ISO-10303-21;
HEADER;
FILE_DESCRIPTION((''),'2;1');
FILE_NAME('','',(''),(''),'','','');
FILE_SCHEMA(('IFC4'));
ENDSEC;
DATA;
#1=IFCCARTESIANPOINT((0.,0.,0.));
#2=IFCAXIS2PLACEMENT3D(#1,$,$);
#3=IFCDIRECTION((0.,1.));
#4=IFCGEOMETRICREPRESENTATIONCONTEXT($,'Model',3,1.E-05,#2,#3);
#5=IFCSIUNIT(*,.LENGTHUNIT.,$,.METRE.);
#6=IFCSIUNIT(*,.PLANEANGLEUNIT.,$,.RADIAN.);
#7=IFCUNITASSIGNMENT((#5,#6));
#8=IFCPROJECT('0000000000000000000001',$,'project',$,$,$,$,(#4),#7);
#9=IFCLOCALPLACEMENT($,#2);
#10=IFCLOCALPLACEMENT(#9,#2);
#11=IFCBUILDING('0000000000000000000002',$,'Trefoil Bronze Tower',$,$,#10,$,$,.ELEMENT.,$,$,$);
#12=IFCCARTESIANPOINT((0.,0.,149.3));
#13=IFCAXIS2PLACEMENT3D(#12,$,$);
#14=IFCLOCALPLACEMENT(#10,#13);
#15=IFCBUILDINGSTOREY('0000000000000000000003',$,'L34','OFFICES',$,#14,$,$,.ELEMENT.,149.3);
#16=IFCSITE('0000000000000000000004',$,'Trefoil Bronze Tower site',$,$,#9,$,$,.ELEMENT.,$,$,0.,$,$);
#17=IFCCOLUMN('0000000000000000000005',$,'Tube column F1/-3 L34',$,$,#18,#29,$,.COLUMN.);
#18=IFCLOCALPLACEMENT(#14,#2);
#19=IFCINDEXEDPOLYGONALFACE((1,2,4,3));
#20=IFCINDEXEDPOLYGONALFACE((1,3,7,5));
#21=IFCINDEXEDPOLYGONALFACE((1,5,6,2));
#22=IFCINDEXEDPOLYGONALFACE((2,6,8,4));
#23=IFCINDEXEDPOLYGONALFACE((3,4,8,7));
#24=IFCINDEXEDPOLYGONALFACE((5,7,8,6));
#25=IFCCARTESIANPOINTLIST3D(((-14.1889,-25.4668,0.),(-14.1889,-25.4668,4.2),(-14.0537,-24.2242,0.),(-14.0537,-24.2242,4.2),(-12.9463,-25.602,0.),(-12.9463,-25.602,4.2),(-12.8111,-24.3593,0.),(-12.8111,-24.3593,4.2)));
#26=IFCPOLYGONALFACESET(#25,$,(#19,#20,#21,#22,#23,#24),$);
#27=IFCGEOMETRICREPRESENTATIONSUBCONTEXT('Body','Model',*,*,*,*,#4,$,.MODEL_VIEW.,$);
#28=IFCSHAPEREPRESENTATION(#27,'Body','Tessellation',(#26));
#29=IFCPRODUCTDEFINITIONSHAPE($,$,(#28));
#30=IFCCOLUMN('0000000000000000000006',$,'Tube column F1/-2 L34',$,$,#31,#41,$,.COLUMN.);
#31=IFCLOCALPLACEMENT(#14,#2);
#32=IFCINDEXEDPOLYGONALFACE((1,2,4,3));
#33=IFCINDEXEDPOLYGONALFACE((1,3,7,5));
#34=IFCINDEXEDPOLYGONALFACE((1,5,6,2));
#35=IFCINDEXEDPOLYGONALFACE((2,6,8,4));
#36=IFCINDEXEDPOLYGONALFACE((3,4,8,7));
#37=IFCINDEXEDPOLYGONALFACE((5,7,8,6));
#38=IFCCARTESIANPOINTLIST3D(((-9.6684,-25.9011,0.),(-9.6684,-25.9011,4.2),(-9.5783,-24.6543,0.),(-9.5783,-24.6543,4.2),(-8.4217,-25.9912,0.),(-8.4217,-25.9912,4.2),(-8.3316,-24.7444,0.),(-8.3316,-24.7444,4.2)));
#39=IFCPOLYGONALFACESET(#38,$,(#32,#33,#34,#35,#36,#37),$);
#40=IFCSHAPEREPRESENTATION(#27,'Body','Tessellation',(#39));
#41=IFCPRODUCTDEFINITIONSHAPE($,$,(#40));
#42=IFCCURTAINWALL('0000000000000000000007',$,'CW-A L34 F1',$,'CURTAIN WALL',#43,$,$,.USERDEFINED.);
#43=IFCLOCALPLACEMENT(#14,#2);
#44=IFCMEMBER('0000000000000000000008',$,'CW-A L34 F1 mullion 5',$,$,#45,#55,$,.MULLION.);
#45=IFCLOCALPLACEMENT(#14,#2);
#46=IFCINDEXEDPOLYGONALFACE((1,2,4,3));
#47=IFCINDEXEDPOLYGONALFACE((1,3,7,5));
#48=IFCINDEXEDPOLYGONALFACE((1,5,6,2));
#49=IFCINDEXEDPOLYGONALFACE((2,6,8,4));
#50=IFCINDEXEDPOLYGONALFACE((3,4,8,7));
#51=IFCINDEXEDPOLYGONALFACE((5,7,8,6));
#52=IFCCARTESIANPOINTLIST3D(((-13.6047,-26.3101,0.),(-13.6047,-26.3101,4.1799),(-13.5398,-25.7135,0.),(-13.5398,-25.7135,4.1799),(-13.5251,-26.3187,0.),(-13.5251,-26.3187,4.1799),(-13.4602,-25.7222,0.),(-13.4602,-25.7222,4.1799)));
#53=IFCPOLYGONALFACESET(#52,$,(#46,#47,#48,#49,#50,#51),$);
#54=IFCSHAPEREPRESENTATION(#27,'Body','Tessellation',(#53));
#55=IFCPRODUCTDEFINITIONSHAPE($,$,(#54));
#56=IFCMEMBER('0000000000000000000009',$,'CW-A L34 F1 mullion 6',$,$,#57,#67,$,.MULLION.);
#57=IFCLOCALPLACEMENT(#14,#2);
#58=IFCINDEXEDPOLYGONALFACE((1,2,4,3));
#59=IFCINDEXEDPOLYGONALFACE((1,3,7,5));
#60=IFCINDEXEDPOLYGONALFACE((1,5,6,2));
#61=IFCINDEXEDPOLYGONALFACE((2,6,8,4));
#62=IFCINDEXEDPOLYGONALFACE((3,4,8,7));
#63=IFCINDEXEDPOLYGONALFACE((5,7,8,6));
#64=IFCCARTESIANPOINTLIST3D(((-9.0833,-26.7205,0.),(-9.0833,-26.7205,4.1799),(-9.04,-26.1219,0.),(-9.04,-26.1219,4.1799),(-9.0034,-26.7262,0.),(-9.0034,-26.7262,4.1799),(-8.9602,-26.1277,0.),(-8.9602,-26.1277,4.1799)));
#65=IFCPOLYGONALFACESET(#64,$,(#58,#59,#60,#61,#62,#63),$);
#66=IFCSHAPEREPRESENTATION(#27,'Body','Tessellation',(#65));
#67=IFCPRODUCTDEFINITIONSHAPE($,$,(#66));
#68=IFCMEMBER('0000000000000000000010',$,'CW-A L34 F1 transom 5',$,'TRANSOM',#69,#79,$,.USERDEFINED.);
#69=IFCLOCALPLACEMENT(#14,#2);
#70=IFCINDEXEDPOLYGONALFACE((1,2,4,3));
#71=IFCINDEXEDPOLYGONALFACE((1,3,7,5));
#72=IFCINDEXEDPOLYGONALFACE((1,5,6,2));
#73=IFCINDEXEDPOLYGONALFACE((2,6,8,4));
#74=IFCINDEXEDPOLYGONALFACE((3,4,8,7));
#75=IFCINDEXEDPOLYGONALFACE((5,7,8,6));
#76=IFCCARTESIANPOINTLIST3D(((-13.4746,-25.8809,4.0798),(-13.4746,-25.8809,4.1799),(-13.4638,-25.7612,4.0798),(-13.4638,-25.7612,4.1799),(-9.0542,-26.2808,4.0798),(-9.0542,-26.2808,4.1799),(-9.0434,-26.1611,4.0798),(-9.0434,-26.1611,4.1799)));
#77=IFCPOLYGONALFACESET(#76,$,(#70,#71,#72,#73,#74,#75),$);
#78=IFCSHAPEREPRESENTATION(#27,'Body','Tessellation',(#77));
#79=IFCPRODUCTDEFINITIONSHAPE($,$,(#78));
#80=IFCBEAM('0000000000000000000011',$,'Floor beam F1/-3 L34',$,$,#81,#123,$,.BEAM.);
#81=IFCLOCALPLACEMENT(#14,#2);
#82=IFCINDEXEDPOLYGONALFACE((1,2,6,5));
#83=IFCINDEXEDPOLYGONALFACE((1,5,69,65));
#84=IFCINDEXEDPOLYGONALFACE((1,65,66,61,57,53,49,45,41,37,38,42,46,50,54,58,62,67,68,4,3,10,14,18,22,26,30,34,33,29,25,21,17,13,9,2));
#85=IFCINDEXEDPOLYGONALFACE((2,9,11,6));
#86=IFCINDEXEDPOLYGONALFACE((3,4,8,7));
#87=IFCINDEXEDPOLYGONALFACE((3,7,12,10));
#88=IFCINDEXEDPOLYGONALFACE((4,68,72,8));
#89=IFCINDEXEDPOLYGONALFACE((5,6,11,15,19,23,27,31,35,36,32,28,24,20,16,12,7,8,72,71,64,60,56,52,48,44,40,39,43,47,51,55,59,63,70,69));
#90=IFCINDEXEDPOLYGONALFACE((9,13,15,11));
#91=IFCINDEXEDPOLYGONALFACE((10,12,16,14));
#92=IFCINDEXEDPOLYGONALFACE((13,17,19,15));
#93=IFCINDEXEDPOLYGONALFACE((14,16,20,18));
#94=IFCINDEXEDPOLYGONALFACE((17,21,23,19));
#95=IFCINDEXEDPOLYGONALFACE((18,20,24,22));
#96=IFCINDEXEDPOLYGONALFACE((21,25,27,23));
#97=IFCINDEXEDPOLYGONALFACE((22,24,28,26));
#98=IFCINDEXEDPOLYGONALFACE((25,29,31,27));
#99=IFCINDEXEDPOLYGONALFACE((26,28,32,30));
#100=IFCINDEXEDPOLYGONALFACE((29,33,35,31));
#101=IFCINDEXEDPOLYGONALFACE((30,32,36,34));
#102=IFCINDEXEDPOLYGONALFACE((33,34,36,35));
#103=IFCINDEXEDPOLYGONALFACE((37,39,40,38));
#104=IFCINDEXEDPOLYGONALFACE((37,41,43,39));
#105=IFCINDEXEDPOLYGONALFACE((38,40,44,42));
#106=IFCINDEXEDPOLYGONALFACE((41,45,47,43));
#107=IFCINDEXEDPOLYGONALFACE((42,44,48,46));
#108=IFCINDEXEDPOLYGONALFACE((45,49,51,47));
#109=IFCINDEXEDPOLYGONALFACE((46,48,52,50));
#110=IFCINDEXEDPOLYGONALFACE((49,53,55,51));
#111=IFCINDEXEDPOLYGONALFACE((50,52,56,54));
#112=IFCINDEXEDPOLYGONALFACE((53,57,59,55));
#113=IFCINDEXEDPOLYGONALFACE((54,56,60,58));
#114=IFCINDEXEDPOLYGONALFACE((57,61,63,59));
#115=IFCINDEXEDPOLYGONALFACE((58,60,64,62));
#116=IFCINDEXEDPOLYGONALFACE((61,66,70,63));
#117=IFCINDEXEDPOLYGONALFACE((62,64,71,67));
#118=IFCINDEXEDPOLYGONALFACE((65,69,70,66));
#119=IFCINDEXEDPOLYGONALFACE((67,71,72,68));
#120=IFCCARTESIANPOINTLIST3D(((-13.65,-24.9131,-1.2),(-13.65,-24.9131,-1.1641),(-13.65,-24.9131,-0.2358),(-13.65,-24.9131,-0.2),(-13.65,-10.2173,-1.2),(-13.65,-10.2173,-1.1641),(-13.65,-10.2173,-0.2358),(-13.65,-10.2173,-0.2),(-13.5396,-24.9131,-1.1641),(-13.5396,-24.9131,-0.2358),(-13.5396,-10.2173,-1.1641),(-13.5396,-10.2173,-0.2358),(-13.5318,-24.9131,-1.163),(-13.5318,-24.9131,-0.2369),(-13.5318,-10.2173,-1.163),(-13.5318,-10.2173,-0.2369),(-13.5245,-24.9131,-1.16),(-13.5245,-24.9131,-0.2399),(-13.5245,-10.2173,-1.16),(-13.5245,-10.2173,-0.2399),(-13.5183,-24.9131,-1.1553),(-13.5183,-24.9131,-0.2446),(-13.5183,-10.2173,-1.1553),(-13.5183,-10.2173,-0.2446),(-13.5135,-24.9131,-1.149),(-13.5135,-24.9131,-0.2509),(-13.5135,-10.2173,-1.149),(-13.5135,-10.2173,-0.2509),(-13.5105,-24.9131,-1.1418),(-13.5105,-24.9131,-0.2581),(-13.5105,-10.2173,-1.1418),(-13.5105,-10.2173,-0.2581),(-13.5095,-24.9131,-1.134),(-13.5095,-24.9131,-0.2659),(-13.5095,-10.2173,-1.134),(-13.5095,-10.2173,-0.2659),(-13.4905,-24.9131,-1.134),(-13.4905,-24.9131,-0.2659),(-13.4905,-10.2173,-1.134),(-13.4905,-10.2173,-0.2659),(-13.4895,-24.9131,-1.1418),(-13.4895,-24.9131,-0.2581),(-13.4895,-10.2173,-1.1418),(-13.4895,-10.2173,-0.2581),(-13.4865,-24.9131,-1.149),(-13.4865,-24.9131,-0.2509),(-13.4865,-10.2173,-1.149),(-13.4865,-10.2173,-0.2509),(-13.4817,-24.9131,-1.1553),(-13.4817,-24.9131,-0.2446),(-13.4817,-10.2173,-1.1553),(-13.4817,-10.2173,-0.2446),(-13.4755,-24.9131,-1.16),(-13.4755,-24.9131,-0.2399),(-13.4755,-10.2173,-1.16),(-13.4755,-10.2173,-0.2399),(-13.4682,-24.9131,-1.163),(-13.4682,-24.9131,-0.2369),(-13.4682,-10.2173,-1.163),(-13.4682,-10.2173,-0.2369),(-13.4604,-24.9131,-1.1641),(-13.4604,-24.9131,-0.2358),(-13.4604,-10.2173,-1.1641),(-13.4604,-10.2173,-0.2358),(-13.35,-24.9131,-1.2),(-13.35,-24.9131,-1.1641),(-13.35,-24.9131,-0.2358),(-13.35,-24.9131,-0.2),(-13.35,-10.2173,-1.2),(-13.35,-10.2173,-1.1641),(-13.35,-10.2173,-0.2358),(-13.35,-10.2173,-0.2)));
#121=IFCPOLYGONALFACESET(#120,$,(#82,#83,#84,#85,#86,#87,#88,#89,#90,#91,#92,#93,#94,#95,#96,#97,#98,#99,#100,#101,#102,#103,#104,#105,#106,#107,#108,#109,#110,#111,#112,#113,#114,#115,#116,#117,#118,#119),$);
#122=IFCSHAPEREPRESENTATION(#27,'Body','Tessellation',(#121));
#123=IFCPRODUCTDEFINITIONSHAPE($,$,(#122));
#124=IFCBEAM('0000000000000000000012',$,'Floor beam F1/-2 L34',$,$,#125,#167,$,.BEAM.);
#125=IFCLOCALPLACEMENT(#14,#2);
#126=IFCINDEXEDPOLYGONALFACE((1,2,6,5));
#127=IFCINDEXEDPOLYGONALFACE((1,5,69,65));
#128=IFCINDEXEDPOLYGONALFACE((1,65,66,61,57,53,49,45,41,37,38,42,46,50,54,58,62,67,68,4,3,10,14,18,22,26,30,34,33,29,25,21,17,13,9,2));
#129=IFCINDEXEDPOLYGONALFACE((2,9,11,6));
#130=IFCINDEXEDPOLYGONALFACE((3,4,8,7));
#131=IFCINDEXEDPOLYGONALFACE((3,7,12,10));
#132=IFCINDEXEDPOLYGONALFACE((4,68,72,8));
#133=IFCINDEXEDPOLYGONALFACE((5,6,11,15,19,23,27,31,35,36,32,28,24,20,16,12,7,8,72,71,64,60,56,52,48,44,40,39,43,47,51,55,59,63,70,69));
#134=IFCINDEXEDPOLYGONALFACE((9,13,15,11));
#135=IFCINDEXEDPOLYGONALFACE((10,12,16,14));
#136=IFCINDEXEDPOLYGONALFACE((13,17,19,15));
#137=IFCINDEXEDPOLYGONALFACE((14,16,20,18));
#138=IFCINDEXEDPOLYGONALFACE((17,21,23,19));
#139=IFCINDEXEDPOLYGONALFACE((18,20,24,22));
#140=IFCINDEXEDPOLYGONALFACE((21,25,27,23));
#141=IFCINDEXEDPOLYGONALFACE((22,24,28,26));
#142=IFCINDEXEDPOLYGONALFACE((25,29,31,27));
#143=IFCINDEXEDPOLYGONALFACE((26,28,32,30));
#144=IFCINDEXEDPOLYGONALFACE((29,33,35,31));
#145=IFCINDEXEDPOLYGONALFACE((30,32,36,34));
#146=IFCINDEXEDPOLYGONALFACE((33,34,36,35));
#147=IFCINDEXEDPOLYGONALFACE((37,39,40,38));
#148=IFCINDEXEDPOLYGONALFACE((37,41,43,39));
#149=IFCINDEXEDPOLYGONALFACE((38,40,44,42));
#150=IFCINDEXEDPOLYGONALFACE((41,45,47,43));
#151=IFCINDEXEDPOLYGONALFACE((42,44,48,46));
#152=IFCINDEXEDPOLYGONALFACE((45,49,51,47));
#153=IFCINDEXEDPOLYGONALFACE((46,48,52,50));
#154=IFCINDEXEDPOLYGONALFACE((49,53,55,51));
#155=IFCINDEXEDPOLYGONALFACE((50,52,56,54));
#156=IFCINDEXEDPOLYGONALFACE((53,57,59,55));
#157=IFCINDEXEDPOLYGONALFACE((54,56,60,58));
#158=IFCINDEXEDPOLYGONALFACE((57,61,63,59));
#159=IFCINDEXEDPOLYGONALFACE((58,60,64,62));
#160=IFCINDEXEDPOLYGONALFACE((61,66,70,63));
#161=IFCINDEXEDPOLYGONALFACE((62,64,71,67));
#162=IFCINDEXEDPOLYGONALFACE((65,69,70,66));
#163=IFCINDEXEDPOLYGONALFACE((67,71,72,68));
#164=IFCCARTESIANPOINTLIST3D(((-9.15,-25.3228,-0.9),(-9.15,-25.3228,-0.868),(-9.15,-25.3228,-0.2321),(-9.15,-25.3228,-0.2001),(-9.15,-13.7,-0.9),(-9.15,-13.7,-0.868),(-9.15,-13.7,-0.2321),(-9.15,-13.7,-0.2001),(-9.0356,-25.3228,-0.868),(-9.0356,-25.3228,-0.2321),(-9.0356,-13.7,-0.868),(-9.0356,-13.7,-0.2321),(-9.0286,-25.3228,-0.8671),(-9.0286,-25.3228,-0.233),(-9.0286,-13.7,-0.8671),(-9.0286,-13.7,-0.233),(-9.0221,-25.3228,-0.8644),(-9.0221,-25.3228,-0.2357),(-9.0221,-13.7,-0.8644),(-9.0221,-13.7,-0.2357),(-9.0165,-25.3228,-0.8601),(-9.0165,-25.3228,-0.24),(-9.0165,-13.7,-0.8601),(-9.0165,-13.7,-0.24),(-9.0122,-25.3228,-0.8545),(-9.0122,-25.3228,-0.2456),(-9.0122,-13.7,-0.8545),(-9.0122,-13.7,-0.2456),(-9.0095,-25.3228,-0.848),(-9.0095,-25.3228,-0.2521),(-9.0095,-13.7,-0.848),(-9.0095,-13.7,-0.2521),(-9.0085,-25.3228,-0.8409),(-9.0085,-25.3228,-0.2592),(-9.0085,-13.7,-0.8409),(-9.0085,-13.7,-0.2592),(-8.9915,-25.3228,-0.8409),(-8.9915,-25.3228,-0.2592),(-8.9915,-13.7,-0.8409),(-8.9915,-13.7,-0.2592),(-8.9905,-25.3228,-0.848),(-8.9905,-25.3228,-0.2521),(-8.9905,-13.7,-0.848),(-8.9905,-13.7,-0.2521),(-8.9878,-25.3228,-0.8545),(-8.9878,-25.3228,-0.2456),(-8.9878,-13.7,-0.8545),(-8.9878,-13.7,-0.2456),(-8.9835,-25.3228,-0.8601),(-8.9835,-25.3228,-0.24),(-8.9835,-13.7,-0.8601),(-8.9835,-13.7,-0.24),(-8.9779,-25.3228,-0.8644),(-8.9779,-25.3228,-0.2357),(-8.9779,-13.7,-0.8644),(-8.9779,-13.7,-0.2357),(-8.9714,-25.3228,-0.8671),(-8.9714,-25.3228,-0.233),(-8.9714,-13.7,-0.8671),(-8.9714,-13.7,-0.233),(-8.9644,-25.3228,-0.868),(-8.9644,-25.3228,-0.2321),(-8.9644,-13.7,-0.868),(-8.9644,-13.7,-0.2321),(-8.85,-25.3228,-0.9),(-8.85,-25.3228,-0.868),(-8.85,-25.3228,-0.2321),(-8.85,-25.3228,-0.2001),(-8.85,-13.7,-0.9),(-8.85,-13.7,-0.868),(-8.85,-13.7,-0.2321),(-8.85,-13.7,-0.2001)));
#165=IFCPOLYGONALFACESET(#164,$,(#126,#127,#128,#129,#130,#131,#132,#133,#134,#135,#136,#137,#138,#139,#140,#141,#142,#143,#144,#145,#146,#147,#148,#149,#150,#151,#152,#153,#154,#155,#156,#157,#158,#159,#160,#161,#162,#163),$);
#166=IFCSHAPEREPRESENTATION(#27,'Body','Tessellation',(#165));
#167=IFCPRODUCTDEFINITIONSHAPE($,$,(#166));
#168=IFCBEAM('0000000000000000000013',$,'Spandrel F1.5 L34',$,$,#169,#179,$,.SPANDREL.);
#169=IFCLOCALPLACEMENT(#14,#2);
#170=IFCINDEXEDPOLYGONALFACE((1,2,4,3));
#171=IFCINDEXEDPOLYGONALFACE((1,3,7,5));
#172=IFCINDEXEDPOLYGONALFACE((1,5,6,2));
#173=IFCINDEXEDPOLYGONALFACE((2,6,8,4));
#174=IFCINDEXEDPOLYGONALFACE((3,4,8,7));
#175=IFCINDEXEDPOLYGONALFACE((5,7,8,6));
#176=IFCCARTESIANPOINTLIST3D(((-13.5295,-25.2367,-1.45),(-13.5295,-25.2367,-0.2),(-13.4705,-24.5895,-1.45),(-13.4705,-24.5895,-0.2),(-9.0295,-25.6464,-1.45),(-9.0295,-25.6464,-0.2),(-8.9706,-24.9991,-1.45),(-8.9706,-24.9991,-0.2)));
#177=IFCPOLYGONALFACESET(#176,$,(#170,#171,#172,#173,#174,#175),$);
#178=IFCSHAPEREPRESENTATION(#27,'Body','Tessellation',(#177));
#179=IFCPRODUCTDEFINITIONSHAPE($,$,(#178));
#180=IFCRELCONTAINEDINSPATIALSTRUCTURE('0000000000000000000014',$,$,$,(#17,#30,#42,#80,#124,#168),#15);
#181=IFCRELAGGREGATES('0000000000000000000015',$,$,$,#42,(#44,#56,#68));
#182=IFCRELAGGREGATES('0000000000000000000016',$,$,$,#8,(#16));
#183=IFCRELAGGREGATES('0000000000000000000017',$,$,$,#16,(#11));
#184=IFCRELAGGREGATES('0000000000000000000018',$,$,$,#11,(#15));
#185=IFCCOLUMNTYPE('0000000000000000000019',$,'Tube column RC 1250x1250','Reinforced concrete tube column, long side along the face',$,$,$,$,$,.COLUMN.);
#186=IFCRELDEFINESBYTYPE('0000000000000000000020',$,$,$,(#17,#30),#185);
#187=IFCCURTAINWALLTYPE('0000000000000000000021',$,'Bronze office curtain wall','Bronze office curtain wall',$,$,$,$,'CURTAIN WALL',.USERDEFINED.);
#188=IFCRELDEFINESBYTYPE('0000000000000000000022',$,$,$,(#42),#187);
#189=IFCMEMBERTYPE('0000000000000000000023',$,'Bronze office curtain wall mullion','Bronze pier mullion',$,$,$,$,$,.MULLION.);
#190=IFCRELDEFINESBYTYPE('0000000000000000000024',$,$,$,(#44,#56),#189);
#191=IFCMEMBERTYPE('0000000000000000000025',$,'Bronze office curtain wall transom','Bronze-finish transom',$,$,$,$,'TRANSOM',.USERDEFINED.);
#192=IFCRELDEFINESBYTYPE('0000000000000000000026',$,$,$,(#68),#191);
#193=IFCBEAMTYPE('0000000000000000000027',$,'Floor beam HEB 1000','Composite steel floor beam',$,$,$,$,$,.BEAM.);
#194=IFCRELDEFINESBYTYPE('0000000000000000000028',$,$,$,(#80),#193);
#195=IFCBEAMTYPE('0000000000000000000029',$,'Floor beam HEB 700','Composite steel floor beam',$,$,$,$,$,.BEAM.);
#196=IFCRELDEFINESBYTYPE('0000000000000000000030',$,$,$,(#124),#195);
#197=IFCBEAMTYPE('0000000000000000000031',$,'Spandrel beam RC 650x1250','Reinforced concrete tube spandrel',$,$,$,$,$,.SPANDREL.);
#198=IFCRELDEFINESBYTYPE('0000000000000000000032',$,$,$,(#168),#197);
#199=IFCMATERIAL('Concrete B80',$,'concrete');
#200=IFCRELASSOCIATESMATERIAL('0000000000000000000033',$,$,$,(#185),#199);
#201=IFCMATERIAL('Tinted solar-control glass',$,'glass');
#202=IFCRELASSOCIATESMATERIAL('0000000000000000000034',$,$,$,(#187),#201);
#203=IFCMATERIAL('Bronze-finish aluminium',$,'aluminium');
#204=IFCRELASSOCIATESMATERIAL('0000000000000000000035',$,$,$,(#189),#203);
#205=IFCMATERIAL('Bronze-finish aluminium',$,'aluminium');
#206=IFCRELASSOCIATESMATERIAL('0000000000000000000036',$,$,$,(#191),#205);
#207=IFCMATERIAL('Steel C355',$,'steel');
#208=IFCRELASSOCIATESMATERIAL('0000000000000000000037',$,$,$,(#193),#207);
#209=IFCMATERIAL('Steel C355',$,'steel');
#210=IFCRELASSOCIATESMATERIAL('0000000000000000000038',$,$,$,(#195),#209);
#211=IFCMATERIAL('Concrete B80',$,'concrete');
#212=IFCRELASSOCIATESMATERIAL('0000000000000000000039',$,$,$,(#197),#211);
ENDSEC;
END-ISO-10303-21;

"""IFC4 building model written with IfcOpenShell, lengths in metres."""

from ifc_helpers import new_model, si_unit, direction, frame, origin, origin_2d, place, context, subcontext, project, spatial, rectangle, i_section, extrude, material, material_profile, profile_set, type_object, element, aggregate, save


model = new_model("IFC4")

# Units and contexts
model_context = context("Model", 3, precision=1e-05, world=origin(), true_north=direction((0.0, 1.0)))
body_context = subcontext(model_context, "Body", "Model", "MODEL_VIEW")
ifc_project = project(units=[si_unit("LENGTHUNIT", "METRE"), si_unit("PLANEANGLEUNIT", "RADIAN")], contexts=[model_context])

# Site, building, storey
site_placement = place(None, origin())
site = spatial("IfcSite", under=ifc_project, at=site_placement, Name="Trefoil Bronze Tower site", CompositionType="ELEMENT", RefElevation=0.0)
building_placement = place(site_placement, origin())
building = spatial("IfcBuilding", under=site, at=building_placement, Name="Trefoil Bronze Tower", CompositionType="ELEMENT")
storey_placement = place(building_placement, frame((0.0, 0.0, 149.3)))
storey = spatial("IfcBuildingStorey", under=building, at=storey_placement, Name="L34", Description="OFFICES", CompositionType="ELEMENT", Elevation=149.3)

# Columns
ifc_material_1 = material(Name="Concrete B80", Category="concrete")
ifc_material_profile_1 = material_profile(ifc_material_1, rectangle(XDim=1.25, YDim=1.25, at=origin_2d()), Name="RC 1250x1250")
ifc_profile_set_1 = profile_set([ifc_material_profile_1], Name="Concrete B80")
column_type = type_object("IfcColumnType", Name="Tube column RC 1250x1250", Description="Reinforced concrete tube column, long side along the face", PredefinedType="COLUMN", material=ifc_profile_set_1)
for number, where, z_axis, x_axis, name in (
    (1, (-13.5, -24.9131, 0.0), (0.0, 0.0, 1.0), (0.994135, -0.108144, 0.0), "Tube column F1/-3 L34"),
    (2, (-9.0, -25.3228, 0.0), (0.0, 0.0, 1.0), (0.997398, -0.072096, 0.0), "Tube column F1/-2 L34"),
):
    element("IfcColumn", number, at=place(storey_placement, frame(where, z_axis=z_axis, x_axis=x_axis)), inside=storey, type_object=column_type, Name=name, PredefinedType="COLUMN", context=body_context, shape_type="SweptSolid", body=[
        extrude(rectangle(XDim=1.25, YDim=1.25, at=origin_2d()), origin(), (0.0, 0.0, 1.0), 4.2),
    ])

# Curtain wall, members
ifc_material_2 = material(Name="Tinted solar-control glass", Category="glass")
curtain_wall_type = type_object("IfcCurtainWallType", Name="Bronze office curtain wall", Description="Bronze office curtain wall", ElementType="CURTAIN WALL", PredefinedType="USERDEFINED", material=ifc_material_2)
curtain_wall_placement = place(storey_placement, origin())
curtain_wall = element("IfcCurtainWall", 3, at=curtain_wall_placement, inside=storey, type_object=curtain_wall_type, Name="CW-A L34 F1", ObjectType="CURTAIN WALL", PredefinedType="USERDEFINED")
ifc_material_3 = material(Name="Bronze-finish aluminium", Category="aluminium")
ifc_material_profile_2 = material_profile(ifc_material_3, rectangle(XDim=0.6001, YDim=0.0801, at=origin_2d()), Name="CW-A mullion")
ifc_profile_set_2 = profile_set([ifc_material_profile_2], Name="Bronze-finish aluminium")
member_type_1 = type_object("IfcMemberType", Name="Bronze office curtain wall mullion", Description="Bronze pier mullion", PredefinedType="MULLION", material=ifc_profile_set_2)
member_1_placement = place(storey_placement, frame((-13.5325, -26.0161, 0.0), z_axis=(0.0, 0.0, 1.0), x_axis=(0.108144, 0.994135, 0.0)))
member_1 = element("IfcMember", 4, at=member_1_placement, type_object=member_type_1, Name="CW-A L34 F1 mullion 5", PredefinedType="MULLION", context=body_context, shape_type="SweptSolid", body=[
    extrude(rectangle(XDim=0.6001, YDim=0.0801, at=origin_2d()), origin(), (0.0, 0.0, 1.0), 4.1799),
])
member_2_placement = place(storey_placement, frame((-9.0217, -26.4241, 0.0), z_axis=(0.0, 0.0, 1.0), x_axis=(0.072096, 0.997398, 0.0)))
member_2 = element("IfcMember", 5, at=member_2_placement, type_object=member_type_1, Name="CW-A L34 F1 mullion 6", PredefinedType="MULLION", context=body_context, shape_type="SweptSolid", body=[
    extrude(rectangle(XDim=0.6001, YDim=0.0801, at=origin_2d()), origin(), (0.0, 0.0, 1.0), 4.1799),
])
ifc_material_4 = material(Name="Bronze-finish aluminium", Category="aluminium")
ifc_material_profile_3 = material_profile(ifc_material_4, rectangle(XDim=0.1201, YDim=0.1001, at=origin_2d()), Name="CW-A transom")
ifc_profile_set_3 = profile_set([ifc_material_profile_3], Name="Bronze-finish aluminium")
member_type_2 = type_object("IfcMemberType", Name="Bronze office curtain wall transom", Description="Bronze-finish transom", ElementType="TRANSOM", PredefinedType="USERDEFINED", material=ifc_profile_set_3)
member_3_placement = place(storey_placement, frame((-13.4692, -25.821, 4.1299), z_axis=(0.995933, -0.090099, 0.0), x_axis=(0.090099, 0.995933, 0.0)))
member_3 = element("IfcMember", 6, at=member_3_placement, type_object=member_type_2, Name="CW-A L34 F1 transom 5", ObjectType="TRANSOM", PredefinedType="USERDEFINED", context=body_context, shape_type="SweptSolid", body=[
    extrude(rectangle(XDim=0.1201, YDim=0.1001, at=origin_2d()), origin(), (0.0, 0.0, 1.0), 4.4385),
])

# Beams
ifc_material_5 = material(Name="Steel C355", Category="steel")
ifc_material_profile_4 = material_profile(ifc_material_5, i_section(OverallWidth=0.3, OverallDepth=1.0, WebThickness=0.019, FlangeThickness=0.0359, FilletRadius=0.03, at=origin_2d()), Name="HEB 1000")
ifc_profile_set_4 = profile_set([ifc_material_profile_4], Name="Steel C355")
beam_type_1 = type_object("IfcBeamType", Name="Floor beam HEB 1000", Description="Composite steel floor beam", PredefinedType="BEAM", material=ifc_profile_set_4)
beam_1_placement = place(storey_placement, frame((-13.5, -24.9131, -0.7), z_axis=(0.0, 1.0, 0.0), x_axis=(-1.0, 0.0, 0.0)))
element("IfcBeam", 7, at=beam_1_placement, inside=storey, type_object=beam_type_1, Name="Floor beam F1/-3 L34", PredefinedType="BEAM", context=body_context, shape_type="SweptSolid", body=[
    extrude(i_section(OverallWidth=0.3, OverallDepth=1.0, WebThickness=0.019, FlangeThickness=0.0359, FilletRadius=0.03, at=origin_2d()), origin(), (0.0, 0.0, 1.0), 14.6958),
])
ifc_material_6 = material(Name="Steel C355", Category="steel")
ifc_material_profile_5 = material_profile(ifc_material_6, i_section(OverallWidth=0.3, OverallDepth=0.7, WebThickness=0.0171, FlangeThickness=0.032, FilletRadius=0.0271, at=origin_2d()), Name="HEB 700")
ifc_profile_set_5 = profile_set([ifc_material_profile_5], Name="Steel C355")
beam_type_2 = type_object("IfcBeamType", Name="Floor beam HEB 700", Description="Composite steel floor beam", PredefinedType="BEAM", material=ifc_profile_set_5)
beam_2_placement = place(storey_placement, frame((-9.0, -25.3228, -0.55), z_axis=(0.0, 1.0, 0.0), x_axis=(-1.0, 0.0, 0.0)))
element("IfcBeam", 8, at=beam_2_placement, inside=storey, type_object=beam_type_2, Name="Floor beam F1/-2 L34", PredefinedType="BEAM", context=body_context, shape_type="SweptSolid", body=[
    extrude(i_section(OverallWidth=0.3, OverallDepth=0.7, WebThickness=0.0171, FlangeThickness=0.032, FilletRadius=0.0271, at=origin_2d()), origin(), (0.0, 0.0, 1.0), 11.6228),
])
ifc_material_7 = material(Name="Concrete B80", Category="concrete")
ifc_material_profile_6 = material_profile(ifc_material_7, rectangle(XDim=0.6499, YDim=1.25, at=origin_2d()), Name="RC 650x1250")
ifc_profile_set_6 = profile_set([ifc_material_profile_6], Name="Concrete B80")
beam_type_3 = type_object("IfcBeamType", Name="Spandrel beam RC 650x1250", Description="Reinforced concrete tube spandrel", PredefinedType="SPANDREL", material=ifc_profile_set_6)
beam_3_placement = place(storey_placement, frame((-13.5, -24.9131, -0.825), z_axis=(0.995882, -0.090662, 0.0), x_axis=(0.090662, 0.995882, 0.0)))
element("IfcBeam", 9, at=beam_3_placement, inside=storey, type_object=beam_type_3, Name="Spandrel F1.5 L34", PredefinedType="SPANDREL", context=body_context, shape_type="SweptSolid", body=[
    extrude(rectangle(XDim=0.6499, YDim=1.25, at=origin_2d()), origin(), (0.0, 0.0, 1.0), 4.5186),
])

aggregate(curtain_wall, [member_1, member_2, member_3])

save(model, "model.ifc")
